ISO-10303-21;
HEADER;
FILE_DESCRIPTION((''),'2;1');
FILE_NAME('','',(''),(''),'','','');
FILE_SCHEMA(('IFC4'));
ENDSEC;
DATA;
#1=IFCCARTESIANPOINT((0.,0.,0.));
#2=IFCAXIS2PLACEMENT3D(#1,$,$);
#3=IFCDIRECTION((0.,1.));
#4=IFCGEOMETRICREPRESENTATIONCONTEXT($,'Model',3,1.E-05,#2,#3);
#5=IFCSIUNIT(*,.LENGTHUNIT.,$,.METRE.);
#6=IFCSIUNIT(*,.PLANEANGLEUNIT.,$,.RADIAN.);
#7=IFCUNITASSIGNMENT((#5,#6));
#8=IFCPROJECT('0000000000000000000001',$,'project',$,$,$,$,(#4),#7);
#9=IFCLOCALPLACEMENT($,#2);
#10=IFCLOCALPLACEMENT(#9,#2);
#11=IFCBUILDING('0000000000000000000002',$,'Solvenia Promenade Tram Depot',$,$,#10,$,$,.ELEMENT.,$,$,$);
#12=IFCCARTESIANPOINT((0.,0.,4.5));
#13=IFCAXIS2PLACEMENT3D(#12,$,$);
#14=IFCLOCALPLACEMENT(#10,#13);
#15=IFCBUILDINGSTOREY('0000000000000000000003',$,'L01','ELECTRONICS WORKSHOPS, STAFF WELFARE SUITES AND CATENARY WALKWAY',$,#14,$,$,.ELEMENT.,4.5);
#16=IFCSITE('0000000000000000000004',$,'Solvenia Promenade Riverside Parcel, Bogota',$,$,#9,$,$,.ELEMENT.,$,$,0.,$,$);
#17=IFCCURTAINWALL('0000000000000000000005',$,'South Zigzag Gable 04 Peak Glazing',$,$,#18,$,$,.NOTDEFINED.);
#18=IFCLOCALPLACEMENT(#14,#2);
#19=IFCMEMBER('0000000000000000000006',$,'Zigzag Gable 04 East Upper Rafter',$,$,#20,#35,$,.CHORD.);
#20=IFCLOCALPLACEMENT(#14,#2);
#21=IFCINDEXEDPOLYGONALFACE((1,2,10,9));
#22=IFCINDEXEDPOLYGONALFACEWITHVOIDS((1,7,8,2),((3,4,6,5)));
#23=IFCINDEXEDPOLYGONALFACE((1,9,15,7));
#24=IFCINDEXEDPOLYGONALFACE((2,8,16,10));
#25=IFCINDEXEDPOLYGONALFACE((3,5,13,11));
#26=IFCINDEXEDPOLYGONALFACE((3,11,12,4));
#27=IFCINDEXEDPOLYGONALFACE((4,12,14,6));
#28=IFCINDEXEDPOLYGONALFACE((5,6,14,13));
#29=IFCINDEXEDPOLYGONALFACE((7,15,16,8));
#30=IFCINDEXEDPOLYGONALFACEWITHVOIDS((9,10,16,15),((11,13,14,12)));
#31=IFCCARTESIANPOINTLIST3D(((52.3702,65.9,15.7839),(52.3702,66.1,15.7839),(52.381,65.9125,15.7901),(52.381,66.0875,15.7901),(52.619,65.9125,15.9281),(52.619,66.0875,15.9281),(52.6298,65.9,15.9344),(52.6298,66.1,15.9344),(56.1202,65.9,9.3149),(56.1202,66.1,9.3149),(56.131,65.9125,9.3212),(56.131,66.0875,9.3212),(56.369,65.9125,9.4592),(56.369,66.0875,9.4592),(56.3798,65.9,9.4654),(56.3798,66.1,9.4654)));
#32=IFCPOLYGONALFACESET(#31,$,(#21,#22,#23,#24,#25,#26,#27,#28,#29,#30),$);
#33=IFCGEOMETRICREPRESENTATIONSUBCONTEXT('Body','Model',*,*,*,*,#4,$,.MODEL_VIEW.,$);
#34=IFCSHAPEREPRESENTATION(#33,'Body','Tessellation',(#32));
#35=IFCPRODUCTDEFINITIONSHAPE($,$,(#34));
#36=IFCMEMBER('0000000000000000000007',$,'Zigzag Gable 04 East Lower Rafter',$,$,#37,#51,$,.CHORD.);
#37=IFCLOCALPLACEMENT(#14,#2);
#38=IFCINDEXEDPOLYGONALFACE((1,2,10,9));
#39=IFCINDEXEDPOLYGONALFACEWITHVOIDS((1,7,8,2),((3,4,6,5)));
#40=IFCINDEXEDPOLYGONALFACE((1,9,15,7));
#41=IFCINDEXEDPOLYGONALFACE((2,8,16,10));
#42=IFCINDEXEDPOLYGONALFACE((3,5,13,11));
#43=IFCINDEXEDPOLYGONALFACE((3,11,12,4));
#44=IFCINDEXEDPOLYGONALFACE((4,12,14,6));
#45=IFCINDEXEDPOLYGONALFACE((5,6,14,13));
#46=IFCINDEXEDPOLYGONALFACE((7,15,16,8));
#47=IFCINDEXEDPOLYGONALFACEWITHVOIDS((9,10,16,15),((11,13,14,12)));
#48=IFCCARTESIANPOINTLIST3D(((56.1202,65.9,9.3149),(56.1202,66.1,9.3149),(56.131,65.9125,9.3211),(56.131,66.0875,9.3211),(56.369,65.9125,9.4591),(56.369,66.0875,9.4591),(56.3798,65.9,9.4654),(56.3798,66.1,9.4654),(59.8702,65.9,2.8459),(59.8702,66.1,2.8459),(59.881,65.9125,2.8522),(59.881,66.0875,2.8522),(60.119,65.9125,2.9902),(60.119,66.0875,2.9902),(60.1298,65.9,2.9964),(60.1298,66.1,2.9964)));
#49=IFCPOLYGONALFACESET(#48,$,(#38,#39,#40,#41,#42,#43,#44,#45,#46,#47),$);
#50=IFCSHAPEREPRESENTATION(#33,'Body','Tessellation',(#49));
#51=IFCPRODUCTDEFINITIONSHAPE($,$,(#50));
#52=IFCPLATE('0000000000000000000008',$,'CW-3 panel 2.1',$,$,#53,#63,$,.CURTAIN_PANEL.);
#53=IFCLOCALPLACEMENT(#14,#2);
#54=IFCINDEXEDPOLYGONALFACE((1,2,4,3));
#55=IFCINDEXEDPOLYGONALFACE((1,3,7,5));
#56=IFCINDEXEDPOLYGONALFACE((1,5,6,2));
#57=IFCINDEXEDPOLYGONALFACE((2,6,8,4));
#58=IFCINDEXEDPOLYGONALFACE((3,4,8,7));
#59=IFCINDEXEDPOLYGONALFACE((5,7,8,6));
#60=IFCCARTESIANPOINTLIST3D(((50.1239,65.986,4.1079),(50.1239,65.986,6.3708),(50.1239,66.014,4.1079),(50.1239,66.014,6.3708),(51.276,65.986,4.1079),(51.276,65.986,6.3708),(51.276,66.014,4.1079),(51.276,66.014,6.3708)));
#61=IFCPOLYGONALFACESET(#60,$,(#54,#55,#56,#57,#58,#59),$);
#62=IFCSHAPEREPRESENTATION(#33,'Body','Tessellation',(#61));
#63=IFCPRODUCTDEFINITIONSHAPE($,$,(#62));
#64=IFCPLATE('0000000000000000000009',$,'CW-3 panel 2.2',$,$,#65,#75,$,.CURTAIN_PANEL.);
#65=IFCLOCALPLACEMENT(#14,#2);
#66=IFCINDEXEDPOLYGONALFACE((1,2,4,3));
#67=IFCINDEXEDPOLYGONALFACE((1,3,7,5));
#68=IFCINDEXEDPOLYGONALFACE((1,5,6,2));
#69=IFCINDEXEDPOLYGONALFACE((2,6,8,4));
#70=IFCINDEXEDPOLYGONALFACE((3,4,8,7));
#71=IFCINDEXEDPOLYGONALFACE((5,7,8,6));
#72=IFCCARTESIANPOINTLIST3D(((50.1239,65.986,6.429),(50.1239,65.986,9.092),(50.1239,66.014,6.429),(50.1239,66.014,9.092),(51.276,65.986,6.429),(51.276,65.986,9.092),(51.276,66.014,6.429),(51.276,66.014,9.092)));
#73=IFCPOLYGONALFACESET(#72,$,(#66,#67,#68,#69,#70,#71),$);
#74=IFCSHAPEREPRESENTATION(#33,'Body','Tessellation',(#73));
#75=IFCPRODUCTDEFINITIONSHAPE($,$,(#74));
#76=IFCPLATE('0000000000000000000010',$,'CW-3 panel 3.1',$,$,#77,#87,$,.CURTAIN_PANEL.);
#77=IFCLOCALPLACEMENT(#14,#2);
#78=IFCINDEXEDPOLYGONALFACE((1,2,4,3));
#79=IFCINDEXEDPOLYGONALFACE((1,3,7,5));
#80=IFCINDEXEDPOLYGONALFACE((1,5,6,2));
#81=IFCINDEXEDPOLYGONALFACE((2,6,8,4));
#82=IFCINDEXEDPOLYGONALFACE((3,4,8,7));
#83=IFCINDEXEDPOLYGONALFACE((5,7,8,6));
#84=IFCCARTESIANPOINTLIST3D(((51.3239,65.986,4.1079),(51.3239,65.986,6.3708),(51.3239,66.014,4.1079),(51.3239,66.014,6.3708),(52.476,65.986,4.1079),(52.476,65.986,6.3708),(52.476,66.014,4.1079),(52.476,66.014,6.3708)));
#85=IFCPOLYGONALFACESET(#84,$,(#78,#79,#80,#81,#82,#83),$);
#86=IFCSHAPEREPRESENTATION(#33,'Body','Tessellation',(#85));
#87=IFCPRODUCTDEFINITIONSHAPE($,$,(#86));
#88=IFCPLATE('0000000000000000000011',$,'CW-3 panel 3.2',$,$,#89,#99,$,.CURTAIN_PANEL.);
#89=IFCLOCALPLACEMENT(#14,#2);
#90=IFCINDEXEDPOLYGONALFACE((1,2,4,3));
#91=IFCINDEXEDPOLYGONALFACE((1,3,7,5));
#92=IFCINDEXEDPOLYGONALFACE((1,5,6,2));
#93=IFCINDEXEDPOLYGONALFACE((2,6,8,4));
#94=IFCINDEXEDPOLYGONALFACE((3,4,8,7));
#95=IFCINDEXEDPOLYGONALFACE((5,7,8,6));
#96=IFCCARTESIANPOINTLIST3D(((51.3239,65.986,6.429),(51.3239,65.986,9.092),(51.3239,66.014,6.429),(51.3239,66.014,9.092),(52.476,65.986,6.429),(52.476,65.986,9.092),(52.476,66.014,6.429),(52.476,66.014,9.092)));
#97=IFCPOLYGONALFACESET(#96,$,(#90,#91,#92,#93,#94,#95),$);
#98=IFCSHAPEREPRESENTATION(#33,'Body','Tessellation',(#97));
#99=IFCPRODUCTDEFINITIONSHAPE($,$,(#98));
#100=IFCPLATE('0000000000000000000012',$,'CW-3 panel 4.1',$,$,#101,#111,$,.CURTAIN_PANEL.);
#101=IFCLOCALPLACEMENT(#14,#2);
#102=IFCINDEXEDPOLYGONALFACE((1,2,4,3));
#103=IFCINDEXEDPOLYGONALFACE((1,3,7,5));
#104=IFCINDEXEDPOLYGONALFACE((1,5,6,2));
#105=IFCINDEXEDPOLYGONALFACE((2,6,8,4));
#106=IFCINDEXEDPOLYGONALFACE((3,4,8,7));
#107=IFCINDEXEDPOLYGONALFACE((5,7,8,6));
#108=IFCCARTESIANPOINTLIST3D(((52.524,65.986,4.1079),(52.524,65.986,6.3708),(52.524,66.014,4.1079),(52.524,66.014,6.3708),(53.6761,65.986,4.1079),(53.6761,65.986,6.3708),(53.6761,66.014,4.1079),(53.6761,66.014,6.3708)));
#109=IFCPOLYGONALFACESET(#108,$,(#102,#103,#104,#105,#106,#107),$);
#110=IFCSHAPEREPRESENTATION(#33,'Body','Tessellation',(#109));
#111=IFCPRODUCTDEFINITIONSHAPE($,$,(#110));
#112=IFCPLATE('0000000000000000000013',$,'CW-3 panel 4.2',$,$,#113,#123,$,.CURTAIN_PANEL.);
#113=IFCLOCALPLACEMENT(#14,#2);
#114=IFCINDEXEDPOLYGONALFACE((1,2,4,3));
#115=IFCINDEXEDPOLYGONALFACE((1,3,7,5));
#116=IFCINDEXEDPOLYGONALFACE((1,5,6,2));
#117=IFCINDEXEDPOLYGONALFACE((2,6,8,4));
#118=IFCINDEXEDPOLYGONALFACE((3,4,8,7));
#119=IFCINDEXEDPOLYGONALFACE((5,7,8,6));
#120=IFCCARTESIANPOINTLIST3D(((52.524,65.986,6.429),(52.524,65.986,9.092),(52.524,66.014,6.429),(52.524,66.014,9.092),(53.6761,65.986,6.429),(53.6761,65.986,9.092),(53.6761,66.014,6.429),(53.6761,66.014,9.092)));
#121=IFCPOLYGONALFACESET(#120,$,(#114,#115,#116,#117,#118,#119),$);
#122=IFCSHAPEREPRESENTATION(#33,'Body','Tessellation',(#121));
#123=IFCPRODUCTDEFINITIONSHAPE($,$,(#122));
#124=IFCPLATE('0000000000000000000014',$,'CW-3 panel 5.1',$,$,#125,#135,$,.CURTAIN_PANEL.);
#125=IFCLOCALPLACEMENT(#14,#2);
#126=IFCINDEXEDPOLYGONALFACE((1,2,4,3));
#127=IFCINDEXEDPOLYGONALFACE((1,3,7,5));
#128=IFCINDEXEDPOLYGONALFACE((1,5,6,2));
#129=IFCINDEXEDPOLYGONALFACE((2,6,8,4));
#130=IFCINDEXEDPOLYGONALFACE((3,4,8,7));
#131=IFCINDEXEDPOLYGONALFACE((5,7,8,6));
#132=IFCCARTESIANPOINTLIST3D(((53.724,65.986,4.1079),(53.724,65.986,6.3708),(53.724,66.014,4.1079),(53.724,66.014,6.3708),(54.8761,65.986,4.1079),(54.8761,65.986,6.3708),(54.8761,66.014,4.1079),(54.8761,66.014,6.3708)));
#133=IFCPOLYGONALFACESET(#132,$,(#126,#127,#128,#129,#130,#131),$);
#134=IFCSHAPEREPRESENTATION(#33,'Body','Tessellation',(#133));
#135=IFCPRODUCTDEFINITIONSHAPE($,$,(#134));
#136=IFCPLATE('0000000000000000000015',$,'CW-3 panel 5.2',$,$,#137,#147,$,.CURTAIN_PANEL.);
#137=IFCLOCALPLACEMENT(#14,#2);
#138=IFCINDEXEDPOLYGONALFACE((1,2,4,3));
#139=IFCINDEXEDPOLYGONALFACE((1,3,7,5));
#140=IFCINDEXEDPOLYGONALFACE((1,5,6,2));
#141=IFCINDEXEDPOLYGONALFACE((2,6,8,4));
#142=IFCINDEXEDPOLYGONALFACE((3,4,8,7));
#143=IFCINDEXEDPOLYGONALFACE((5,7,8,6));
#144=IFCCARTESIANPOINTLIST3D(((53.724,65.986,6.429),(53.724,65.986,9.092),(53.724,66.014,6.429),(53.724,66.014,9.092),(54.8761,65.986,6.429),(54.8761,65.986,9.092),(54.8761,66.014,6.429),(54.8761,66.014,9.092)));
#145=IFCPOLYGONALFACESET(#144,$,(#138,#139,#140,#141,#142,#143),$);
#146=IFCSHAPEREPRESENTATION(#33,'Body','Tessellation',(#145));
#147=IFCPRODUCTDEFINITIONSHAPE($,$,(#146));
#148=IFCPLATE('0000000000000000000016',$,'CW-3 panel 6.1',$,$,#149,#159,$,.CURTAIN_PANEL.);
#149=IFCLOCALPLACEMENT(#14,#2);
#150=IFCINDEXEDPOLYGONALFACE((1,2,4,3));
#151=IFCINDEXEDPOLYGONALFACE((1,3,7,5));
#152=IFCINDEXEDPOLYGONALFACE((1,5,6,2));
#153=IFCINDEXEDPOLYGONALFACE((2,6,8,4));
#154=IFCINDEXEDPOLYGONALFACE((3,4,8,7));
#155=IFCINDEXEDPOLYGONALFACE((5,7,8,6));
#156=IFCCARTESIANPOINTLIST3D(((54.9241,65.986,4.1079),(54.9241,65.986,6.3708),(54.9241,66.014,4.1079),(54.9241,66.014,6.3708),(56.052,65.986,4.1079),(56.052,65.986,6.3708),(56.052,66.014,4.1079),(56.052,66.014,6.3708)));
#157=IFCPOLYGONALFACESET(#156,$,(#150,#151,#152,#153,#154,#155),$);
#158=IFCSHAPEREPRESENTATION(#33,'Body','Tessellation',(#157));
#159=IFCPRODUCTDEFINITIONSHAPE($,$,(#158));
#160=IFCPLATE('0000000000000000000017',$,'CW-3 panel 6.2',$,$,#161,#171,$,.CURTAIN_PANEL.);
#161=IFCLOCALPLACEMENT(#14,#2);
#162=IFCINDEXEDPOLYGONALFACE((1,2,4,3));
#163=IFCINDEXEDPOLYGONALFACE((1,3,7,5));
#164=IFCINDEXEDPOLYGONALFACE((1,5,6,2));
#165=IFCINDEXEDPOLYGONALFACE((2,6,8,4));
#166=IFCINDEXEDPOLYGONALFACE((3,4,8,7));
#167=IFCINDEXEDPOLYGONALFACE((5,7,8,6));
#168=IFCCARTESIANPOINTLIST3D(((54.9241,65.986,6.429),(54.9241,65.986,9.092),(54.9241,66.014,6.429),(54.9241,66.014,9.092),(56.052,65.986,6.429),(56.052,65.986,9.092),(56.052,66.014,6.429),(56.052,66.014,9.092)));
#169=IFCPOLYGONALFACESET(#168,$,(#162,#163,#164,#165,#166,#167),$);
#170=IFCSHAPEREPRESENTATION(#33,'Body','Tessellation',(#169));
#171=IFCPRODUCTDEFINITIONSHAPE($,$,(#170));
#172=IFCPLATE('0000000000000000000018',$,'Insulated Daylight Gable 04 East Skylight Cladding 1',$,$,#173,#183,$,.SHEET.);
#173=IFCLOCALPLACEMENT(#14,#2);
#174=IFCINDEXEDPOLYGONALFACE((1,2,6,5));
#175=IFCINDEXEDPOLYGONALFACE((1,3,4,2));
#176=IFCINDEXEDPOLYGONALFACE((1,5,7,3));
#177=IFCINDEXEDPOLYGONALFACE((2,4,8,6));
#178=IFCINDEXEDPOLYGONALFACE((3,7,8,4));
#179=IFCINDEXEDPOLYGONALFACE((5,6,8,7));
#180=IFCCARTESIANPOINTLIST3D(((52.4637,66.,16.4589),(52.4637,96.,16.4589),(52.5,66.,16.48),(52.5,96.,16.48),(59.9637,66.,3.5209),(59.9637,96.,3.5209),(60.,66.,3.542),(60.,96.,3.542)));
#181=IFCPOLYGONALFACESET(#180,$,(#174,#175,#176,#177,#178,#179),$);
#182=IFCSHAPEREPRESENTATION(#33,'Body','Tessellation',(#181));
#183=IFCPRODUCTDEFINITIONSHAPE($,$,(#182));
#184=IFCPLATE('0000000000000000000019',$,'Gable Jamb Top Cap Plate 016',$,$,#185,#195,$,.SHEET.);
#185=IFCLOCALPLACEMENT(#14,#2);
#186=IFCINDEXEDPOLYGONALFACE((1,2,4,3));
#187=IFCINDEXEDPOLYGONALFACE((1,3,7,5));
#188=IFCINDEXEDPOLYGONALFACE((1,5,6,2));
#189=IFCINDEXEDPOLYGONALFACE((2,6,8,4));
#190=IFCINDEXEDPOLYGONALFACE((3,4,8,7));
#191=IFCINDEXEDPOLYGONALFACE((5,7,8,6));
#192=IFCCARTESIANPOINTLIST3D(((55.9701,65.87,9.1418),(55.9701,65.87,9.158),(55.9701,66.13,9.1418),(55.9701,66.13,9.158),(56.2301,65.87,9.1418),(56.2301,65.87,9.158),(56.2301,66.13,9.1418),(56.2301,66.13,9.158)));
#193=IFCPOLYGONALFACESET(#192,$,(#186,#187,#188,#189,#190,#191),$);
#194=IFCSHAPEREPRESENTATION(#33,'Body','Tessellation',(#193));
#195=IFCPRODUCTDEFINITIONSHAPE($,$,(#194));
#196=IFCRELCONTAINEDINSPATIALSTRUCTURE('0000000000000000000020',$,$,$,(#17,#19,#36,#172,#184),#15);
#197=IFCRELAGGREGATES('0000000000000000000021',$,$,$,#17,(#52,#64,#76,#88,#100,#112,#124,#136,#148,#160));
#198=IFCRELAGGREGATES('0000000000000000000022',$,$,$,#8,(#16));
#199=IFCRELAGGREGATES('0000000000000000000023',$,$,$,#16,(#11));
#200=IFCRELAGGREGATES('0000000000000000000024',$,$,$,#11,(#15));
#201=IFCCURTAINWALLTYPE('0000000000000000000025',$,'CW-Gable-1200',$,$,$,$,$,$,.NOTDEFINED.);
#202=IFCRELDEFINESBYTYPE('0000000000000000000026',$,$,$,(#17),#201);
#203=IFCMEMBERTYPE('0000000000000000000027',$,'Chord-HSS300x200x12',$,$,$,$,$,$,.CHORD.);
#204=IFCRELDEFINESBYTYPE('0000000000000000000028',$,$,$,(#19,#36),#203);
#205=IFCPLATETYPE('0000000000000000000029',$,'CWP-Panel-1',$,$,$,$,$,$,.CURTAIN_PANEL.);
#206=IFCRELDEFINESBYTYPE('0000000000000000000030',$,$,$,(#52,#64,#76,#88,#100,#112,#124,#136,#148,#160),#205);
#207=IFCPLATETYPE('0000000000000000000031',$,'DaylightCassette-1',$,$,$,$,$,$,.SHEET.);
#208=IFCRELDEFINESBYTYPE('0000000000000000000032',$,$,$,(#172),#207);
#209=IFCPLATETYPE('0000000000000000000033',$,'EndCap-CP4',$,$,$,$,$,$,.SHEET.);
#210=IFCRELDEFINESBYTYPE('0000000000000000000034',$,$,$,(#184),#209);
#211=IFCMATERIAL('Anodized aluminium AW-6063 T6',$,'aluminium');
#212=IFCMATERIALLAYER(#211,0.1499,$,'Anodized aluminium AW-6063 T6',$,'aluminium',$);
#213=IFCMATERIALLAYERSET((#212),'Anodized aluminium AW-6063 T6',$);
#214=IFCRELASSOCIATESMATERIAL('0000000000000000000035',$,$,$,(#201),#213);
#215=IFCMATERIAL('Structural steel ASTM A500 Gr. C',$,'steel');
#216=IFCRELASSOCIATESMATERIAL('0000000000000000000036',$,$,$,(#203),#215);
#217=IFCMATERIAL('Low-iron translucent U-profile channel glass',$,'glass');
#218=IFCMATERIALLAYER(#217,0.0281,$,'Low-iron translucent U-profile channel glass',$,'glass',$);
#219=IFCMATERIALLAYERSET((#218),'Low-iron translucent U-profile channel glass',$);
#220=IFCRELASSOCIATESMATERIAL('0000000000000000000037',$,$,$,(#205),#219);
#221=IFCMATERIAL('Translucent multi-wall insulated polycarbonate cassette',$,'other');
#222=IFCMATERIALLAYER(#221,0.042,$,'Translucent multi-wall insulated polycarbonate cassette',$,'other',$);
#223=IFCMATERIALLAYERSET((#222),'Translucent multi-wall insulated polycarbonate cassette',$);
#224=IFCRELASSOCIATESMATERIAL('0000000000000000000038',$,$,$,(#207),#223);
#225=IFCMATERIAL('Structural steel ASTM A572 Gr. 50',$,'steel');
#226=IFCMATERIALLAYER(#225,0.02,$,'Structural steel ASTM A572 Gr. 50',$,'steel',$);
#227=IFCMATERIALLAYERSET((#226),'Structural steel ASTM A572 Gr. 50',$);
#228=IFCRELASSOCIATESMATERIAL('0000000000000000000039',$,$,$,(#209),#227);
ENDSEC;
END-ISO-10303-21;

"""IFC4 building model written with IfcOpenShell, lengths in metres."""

from ifc_helpers import new_model, si_unit, direction, frame, origin, origin_2d, place, context, subcontext, project, spatial, polyline, rectangle, hollow_rectangle, outline, extrude, material, layer, layer_set, material_profile, profile_set, type_object, element, aggregate, save


model = new_model("IFC4")

# Units and contexts
model_context = context("Model", 3, precision=1e-05, world=origin(), true_north=direction((0.0, 1.0)))
body_context = subcontext(model_context, "Body", "Model", "MODEL_VIEW")
ifc_project = project(units=[si_unit("LENGTHUNIT", "METRE"), si_unit("PLANEANGLEUNIT", "RADIAN")], contexts=[model_context])

# Site, building, storey
site_placement = place(None, origin())
site = spatial("IfcSite", under=ifc_project, at=site_placement, Name="Solvenia Promenade Riverside Parcel, Bogota", CompositionType="ELEMENT", RefElevation=0.0)
building_placement = place(site_placement, origin())
building = spatial("IfcBuilding", under=site, at=building_placement, Name="Solvenia Promenade Tram Depot", CompositionType="ELEMENT")
storey_placement = place(building_placement, frame((0.0, 0.0, 4.5)))
storey = spatial("IfcBuildingStorey", under=building, at=storey_placement, Name="L01", Description="ELECTRONICS WORKSHOPS, STAFF WELFARE SUITES AND CATENARY WALKWAY", CompositionType="ELEMENT", Elevation=4.5)

# Curtain wall
ifc_material_1 = material(Name="Anodized aluminium AW-6063 T6", Category="aluminium")
ifc_layer_1 = layer(ifc_material_1, 0.1499, Name="Anodized aluminium AW-6063 T6", Category="aluminium")
ifc_layer_set_1 = layer_set([ifc_layer_1], Name="Anodized aluminium AW-6063 T6")
curtain_wall_type = type_object("IfcCurtainWallType", Name="CW-Gable-1200", PredefinedType="NOTDEFINED", material=ifc_layer_set_1)
curtain_wall_placement = place(storey_placement, origin())
curtain_wall = element("IfcCurtainWall", 1, at=curtain_wall_placement, inside=storey, type_object=curtain_wall_type, Name="South Zigzag Gable 04 Peak Glazing", PredefinedType="NOTDEFINED")

# Members
ifc_material_2 = material(Name="Structural steel ASTM A500 Gr. C", Category="steel")
ifc_material_profile_1 = material_profile(ifc_material_2, hollow_rectangle(XDim=0.2, YDim=0.3, WallThickness=0.0125, at=origin_2d()), Name="HSS300x200x12.5", Category="steel")
ifc_profile_set_1 = profile_set([ifc_material_profile_1], Name="Structural steel ASTM A500 Gr. C")
member_type_1 = type_object("IfcMemberType", Name="Chord-HSS300x200x12", PredefinedType="CHORD", material=ifc_profile_set_1)
for number, where, z_axis, x_axis, name in (
    (2, (52.5, 66.0, 15.8591), (0.501516, 0.0, -0.865148), (0.0, 1.0, 0.0), "Zigzag Gable 04 East Upper Rafter"),
    (3, (56.25, 66.0, 9.3901), (0.501516, 0.0, -0.865148), (0.0, 1.0, 0.0), "Zigzag Gable 04 East Lower Rafter"),
):
    element("IfcMember", number, at=place(storey_placement, frame(where, z_axis=z_axis, x_axis=x_axis)), inside=storey, type_object=member_type_1, Name=name, PredefinedType="CHORD", context=body_context, shape_type="SweptSolid", body=[
        extrude(hollow_rectangle(XDim=0.2, YDim=0.3, WallThickness=0.0125, at=origin_2d()), origin(), (0.0, 0.0, 1.0), 7.4773),
    ])

# Plates
ifc_material_3 = material(Name="Low-iron translucent U-profile channel glass", Category="glass")
ifc_layer_2 = layer(ifc_material_3, 0.0281, Name="Low-iron translucent U-profile channel glass", Category="glass")
ifc_layer_set_2 = layer_set([ifc_layer_2], Name="Low-iron translucent U-profile channel glass")
plate_type_1 = type_object("IfcPlateType", Name="CWP-Panel-1", PredefinedType="CURTAIN_PANEL", material=ifc_layer_set_2)
plate_1_placement = place(storey_placement, frame((50.7, 66.0, 4.1079), z_axis=(0.0, 0.0, 1.0), x_axis=(1.0, 0.0, 0.0)))
plate_1 = element("IfcPlate", 4, at=plate_1_placement, type_object=plate_type_1, Name="CW-3 panel 2.1", PredefinedType="CURTAIN_PANEL", context=body_context, shape_type="SweptSolid", body=[
    extrude(rectangle(XDim=1.1521, YDim=0.0281, at=origin_2d()), origin(), (0.0, 0.0, 1.0), 2.2629),
])
plate_2_placement = place(storey_placement, frame((50.7, 66.0, 6.429), z_axis=(0.0, 0.0, 1.0), x_axis=(1.0, 0.0, 0.0)))
plate_2 = element("IfcPlate", 5, at=plate_2_placement, type_object=plate_type_1, Name="CW-3 panel 2.2", PredefinedType="CURTAIN_PANEL", context=body_context, shape_type="SweptSolid", body=[
    extrude(rectangle(XDim=1.1521, YDim=0.0281, at=origin_2d()), origin(), (0.0, 0.0, 1.0), 2.6631),
])
plate_3_placement = place(storey_placement, frame((51.8999, 66.0, 4.1079), z_axis=(0.0, 0.0, 1.0), x_axis=(1.0, 0.0, 0.0)))
plate_3 = element("IfcPlate", 6, at=plate_3_placement, type_object=plate_type_1, Name="CW-3 panel 3.1", PredefinedType="CURTAIN_PANEL", context=body_context, shape_type="SweptSolid", body=[
    extrude(rectangle(XDim=1.1521, YDim=0.0281, at=origin_2d()), origin(), (0.0, 0.0, 1.0), 2.2629),
])
plate_4_placement = place(storey_placement, frame((51.8999, 66.0, 6.429), z_axis=(0.0, 0.0, 1.0), x_axis=(1.0, 0.0, 0.0)))
plate_4 = element("IfcPlate", 7, at=plate_4_placement, type_object=plate_type_1, Name="CW-3 panel 3.2", PredefinedType="CURTAIN_PANEL", context=body_context, shape_type="SweptSolid", body=[
    extrude(rectangle(XDim=1.1521, YDim=0.0281, at=origin_2d()), origin(), (0.0, 0.0, 1.0), 2.6631),
])
plate_5_placement = place(storey_placement, frame((53.1001, 66.0, 4.1079), z_axis=(0.0, 0.0, 1.0), x_axis=(1.0, 0.0, 0.0)))
plate_5 = element("IfcPlate", 8, at=plate_5_placement, type_object=plate_type_1, Name="CW-3 panel 4.1", PredefinedType="CURTAIN_PANEL", context=body_context, shape_type="SweptSolid", body=[
    extrude(rectangle(XDim=1.1521, YDim=0.0281, at=origin_2d()), origin(), (0.0, 0.0, 1.0), 2.2629),
])
plate_6_placement = place(storey_placement, frame((53.1001, 66.0, 6.429), z_axis=(0.0, 0.0, 1.0), x_axis=(1.0, 0.0, 0.0)))
plate_6 = element("IfcPlate", 9, at=plate_6_placement, type_object=plate_type_1, Name="CW-3 panel 4.2", PredefinedType="CURTAIN_PANEL", context=body_context, shape_type="SweptSolid", body=[
    extrude(rectangle(XDim=1.1521, YDim=0.0281, at=origin_2d()), origin(), (0.0, 0.0, 1.0), 2.6631),
])
plate_7_placement = place(storey_placement, frame((54.3, 66.0, 4.1079), z_axis=(0.0, 0.0, 1.0), x_axis=(1.0, 0.0, 0.0)))
plate_7 = element("IfcPlate", 10, at=plate_7_placement, type_object=plate_type_1, Name="CW-3 panel 5.1", PredefinedType="CURTAIN_PANEL", context=body_context, shape_type="SweptSolid", body=[
    extrude(rectangle(XDim=1.1521, YDim=0.0281, at=origin_2d()), origin(), (0.0, 0.0, 1.0), 2.2629),
])
plate_8_placement = place(storey_placement, frame((54.3, 66.0, 6.429), z_axis=(0.0, 0.0, 1.0), x_axis=(1.0, 0.0, 0.0)))
plate_8 = element("IfcPlate", 11, at=plate_8_placement, type_object=plate_type_1, Name="CW-3 panel 5.2", PredefinedType="CURTAIN_PANEL", context=body_context, shape_type="SweptSolid", body=[
    extrude(rectangle(XDim=1.1521, YDim=0.0281, at=origin_2d()), origin(), (0.0, 0.0, 1.0), 2.6631),
])
plate_9_placement = place(storey_placement, frame((55.488, 66.0, 4.1079), z_axis=(0.0, 0.0, 1.0), x_axis=(1.0, 0.0, 0.0)))
plate_9 = element("IfcPlate", 12, at=plate_9_placement, type_object=plate_type_1, Name="CW-3 panel 6.1", PredefinedType="CURTAIN_PANEL", context=body_context, shape_type="SweptSolid", body=[
    extrude(rectangle(XDim=1.1279, YDim=0.0281, at=origin_2d()), origin(), (0.0, 0.0, 1.0), 2.2629),
])
plate_10_placement = place(storey_placement, frame((55.488, 66.0, 6.429), z_axis=(0.0, 0.0, 1.0), x_axis=(1.0, 0.0, 0.0)))
plate_10 = element("IfcPlate", 13, at=plate_10_placement, type_object=plate_type_1, Name="CW-3 panel 6.2", PredefinedType="CURTAIN_PANEL", context=body_context, shape_type="SweptSolid", body=[
    extrude(rectangle(XDim=1.1279, YDim=0.0281, at=origin_2d()), origin(), (0.0, 0.0, 1.0), 2.6631),
])
aggregate(curtain_wall, [plate_1, plate_2, plate_3, plate_4, plate_5, plate_6, plate_7, plate_8, plate_9, plate_10])

# Plates
ifc_material_4 = material(Name="Translucent multi-wall insulated polycarbonate cassette", Category="other")
ifc_layer_3 = layer(ifc_material_4, 0.042, Name="Translucent multi-wall insulated polycarbonate cassette", Category="other")
ifc_layer_set_3 = layer_set([ifc_layer_3], Name="Translucent multi-wall insulated polycarbonate cassette")
plate_type_2 = type_object("IfcPlateType", Name="DaylightCassette-1", PredefinedType="SHEET", material=ifc_layer_set_3)
plate_11_placement = place(storey_placement, frame((52.5, 66.0, 16.48), z_axis=(0.865148, 0.0, 0.501516), x_axis=(0.0, 1.0, 0.0)))
element("IfcPlate", 14, at=plate_11_placement, inside=storey, type_object=plate_type_2, Name="Insulated Daylight Gable 04 East Skylight Cladding 1", PredefinedType="SHEET", context=body_context, shape_type="SweptSolid", body=[
    extrude(outline(polyline([(0.0, 0.0), (30.0, 0.0), (30.0, -14.9546), (0.0, -14.9546), (0.0, 0.0)])), origin(), (0.0, 0.0, -1.0), 0.042),
])
ifc_material_5 = material(Name="Structural steel ASTM A572 Gr. 50", Category="steel")
ifc_layer_4 = layer(ifc_material_5, 0.02, Name="Structural steel ASTM A572 Gr. 50", Category="steel")
ifc_layer_set_4 = layer_set([ifc_layer_4], Name="Structural steel ASTM A572 Gr. 50")
plate_type_3 = type_object("IfcPlateType", Name="EndCap-CP4", PredefinedType="SHEET", material=ifc_layer_set_4)
plate_12_placement = place(storey_placement, frame((56.1001, 66.0, 9.1418), z_axis=(0.0, 0.0, 1.0), x_axis=(1.0, 0.0, 0.0)))
element("IfcPlate", 15, at=plate_12_placement, inside=storey, type_object=plate_type_3, Name="Gable Jamb Top Cap Plate 016", PredefinedType="SHEET", context=body_context, shape_type="SweptSolid", body=[
    extrude(rectangle(XDim=0.26, YDim=0.26, at=origin_2d()), origin(), (0.0, 0.0, 1.0), 0.0161),
])

save(model, "model.ifc")
